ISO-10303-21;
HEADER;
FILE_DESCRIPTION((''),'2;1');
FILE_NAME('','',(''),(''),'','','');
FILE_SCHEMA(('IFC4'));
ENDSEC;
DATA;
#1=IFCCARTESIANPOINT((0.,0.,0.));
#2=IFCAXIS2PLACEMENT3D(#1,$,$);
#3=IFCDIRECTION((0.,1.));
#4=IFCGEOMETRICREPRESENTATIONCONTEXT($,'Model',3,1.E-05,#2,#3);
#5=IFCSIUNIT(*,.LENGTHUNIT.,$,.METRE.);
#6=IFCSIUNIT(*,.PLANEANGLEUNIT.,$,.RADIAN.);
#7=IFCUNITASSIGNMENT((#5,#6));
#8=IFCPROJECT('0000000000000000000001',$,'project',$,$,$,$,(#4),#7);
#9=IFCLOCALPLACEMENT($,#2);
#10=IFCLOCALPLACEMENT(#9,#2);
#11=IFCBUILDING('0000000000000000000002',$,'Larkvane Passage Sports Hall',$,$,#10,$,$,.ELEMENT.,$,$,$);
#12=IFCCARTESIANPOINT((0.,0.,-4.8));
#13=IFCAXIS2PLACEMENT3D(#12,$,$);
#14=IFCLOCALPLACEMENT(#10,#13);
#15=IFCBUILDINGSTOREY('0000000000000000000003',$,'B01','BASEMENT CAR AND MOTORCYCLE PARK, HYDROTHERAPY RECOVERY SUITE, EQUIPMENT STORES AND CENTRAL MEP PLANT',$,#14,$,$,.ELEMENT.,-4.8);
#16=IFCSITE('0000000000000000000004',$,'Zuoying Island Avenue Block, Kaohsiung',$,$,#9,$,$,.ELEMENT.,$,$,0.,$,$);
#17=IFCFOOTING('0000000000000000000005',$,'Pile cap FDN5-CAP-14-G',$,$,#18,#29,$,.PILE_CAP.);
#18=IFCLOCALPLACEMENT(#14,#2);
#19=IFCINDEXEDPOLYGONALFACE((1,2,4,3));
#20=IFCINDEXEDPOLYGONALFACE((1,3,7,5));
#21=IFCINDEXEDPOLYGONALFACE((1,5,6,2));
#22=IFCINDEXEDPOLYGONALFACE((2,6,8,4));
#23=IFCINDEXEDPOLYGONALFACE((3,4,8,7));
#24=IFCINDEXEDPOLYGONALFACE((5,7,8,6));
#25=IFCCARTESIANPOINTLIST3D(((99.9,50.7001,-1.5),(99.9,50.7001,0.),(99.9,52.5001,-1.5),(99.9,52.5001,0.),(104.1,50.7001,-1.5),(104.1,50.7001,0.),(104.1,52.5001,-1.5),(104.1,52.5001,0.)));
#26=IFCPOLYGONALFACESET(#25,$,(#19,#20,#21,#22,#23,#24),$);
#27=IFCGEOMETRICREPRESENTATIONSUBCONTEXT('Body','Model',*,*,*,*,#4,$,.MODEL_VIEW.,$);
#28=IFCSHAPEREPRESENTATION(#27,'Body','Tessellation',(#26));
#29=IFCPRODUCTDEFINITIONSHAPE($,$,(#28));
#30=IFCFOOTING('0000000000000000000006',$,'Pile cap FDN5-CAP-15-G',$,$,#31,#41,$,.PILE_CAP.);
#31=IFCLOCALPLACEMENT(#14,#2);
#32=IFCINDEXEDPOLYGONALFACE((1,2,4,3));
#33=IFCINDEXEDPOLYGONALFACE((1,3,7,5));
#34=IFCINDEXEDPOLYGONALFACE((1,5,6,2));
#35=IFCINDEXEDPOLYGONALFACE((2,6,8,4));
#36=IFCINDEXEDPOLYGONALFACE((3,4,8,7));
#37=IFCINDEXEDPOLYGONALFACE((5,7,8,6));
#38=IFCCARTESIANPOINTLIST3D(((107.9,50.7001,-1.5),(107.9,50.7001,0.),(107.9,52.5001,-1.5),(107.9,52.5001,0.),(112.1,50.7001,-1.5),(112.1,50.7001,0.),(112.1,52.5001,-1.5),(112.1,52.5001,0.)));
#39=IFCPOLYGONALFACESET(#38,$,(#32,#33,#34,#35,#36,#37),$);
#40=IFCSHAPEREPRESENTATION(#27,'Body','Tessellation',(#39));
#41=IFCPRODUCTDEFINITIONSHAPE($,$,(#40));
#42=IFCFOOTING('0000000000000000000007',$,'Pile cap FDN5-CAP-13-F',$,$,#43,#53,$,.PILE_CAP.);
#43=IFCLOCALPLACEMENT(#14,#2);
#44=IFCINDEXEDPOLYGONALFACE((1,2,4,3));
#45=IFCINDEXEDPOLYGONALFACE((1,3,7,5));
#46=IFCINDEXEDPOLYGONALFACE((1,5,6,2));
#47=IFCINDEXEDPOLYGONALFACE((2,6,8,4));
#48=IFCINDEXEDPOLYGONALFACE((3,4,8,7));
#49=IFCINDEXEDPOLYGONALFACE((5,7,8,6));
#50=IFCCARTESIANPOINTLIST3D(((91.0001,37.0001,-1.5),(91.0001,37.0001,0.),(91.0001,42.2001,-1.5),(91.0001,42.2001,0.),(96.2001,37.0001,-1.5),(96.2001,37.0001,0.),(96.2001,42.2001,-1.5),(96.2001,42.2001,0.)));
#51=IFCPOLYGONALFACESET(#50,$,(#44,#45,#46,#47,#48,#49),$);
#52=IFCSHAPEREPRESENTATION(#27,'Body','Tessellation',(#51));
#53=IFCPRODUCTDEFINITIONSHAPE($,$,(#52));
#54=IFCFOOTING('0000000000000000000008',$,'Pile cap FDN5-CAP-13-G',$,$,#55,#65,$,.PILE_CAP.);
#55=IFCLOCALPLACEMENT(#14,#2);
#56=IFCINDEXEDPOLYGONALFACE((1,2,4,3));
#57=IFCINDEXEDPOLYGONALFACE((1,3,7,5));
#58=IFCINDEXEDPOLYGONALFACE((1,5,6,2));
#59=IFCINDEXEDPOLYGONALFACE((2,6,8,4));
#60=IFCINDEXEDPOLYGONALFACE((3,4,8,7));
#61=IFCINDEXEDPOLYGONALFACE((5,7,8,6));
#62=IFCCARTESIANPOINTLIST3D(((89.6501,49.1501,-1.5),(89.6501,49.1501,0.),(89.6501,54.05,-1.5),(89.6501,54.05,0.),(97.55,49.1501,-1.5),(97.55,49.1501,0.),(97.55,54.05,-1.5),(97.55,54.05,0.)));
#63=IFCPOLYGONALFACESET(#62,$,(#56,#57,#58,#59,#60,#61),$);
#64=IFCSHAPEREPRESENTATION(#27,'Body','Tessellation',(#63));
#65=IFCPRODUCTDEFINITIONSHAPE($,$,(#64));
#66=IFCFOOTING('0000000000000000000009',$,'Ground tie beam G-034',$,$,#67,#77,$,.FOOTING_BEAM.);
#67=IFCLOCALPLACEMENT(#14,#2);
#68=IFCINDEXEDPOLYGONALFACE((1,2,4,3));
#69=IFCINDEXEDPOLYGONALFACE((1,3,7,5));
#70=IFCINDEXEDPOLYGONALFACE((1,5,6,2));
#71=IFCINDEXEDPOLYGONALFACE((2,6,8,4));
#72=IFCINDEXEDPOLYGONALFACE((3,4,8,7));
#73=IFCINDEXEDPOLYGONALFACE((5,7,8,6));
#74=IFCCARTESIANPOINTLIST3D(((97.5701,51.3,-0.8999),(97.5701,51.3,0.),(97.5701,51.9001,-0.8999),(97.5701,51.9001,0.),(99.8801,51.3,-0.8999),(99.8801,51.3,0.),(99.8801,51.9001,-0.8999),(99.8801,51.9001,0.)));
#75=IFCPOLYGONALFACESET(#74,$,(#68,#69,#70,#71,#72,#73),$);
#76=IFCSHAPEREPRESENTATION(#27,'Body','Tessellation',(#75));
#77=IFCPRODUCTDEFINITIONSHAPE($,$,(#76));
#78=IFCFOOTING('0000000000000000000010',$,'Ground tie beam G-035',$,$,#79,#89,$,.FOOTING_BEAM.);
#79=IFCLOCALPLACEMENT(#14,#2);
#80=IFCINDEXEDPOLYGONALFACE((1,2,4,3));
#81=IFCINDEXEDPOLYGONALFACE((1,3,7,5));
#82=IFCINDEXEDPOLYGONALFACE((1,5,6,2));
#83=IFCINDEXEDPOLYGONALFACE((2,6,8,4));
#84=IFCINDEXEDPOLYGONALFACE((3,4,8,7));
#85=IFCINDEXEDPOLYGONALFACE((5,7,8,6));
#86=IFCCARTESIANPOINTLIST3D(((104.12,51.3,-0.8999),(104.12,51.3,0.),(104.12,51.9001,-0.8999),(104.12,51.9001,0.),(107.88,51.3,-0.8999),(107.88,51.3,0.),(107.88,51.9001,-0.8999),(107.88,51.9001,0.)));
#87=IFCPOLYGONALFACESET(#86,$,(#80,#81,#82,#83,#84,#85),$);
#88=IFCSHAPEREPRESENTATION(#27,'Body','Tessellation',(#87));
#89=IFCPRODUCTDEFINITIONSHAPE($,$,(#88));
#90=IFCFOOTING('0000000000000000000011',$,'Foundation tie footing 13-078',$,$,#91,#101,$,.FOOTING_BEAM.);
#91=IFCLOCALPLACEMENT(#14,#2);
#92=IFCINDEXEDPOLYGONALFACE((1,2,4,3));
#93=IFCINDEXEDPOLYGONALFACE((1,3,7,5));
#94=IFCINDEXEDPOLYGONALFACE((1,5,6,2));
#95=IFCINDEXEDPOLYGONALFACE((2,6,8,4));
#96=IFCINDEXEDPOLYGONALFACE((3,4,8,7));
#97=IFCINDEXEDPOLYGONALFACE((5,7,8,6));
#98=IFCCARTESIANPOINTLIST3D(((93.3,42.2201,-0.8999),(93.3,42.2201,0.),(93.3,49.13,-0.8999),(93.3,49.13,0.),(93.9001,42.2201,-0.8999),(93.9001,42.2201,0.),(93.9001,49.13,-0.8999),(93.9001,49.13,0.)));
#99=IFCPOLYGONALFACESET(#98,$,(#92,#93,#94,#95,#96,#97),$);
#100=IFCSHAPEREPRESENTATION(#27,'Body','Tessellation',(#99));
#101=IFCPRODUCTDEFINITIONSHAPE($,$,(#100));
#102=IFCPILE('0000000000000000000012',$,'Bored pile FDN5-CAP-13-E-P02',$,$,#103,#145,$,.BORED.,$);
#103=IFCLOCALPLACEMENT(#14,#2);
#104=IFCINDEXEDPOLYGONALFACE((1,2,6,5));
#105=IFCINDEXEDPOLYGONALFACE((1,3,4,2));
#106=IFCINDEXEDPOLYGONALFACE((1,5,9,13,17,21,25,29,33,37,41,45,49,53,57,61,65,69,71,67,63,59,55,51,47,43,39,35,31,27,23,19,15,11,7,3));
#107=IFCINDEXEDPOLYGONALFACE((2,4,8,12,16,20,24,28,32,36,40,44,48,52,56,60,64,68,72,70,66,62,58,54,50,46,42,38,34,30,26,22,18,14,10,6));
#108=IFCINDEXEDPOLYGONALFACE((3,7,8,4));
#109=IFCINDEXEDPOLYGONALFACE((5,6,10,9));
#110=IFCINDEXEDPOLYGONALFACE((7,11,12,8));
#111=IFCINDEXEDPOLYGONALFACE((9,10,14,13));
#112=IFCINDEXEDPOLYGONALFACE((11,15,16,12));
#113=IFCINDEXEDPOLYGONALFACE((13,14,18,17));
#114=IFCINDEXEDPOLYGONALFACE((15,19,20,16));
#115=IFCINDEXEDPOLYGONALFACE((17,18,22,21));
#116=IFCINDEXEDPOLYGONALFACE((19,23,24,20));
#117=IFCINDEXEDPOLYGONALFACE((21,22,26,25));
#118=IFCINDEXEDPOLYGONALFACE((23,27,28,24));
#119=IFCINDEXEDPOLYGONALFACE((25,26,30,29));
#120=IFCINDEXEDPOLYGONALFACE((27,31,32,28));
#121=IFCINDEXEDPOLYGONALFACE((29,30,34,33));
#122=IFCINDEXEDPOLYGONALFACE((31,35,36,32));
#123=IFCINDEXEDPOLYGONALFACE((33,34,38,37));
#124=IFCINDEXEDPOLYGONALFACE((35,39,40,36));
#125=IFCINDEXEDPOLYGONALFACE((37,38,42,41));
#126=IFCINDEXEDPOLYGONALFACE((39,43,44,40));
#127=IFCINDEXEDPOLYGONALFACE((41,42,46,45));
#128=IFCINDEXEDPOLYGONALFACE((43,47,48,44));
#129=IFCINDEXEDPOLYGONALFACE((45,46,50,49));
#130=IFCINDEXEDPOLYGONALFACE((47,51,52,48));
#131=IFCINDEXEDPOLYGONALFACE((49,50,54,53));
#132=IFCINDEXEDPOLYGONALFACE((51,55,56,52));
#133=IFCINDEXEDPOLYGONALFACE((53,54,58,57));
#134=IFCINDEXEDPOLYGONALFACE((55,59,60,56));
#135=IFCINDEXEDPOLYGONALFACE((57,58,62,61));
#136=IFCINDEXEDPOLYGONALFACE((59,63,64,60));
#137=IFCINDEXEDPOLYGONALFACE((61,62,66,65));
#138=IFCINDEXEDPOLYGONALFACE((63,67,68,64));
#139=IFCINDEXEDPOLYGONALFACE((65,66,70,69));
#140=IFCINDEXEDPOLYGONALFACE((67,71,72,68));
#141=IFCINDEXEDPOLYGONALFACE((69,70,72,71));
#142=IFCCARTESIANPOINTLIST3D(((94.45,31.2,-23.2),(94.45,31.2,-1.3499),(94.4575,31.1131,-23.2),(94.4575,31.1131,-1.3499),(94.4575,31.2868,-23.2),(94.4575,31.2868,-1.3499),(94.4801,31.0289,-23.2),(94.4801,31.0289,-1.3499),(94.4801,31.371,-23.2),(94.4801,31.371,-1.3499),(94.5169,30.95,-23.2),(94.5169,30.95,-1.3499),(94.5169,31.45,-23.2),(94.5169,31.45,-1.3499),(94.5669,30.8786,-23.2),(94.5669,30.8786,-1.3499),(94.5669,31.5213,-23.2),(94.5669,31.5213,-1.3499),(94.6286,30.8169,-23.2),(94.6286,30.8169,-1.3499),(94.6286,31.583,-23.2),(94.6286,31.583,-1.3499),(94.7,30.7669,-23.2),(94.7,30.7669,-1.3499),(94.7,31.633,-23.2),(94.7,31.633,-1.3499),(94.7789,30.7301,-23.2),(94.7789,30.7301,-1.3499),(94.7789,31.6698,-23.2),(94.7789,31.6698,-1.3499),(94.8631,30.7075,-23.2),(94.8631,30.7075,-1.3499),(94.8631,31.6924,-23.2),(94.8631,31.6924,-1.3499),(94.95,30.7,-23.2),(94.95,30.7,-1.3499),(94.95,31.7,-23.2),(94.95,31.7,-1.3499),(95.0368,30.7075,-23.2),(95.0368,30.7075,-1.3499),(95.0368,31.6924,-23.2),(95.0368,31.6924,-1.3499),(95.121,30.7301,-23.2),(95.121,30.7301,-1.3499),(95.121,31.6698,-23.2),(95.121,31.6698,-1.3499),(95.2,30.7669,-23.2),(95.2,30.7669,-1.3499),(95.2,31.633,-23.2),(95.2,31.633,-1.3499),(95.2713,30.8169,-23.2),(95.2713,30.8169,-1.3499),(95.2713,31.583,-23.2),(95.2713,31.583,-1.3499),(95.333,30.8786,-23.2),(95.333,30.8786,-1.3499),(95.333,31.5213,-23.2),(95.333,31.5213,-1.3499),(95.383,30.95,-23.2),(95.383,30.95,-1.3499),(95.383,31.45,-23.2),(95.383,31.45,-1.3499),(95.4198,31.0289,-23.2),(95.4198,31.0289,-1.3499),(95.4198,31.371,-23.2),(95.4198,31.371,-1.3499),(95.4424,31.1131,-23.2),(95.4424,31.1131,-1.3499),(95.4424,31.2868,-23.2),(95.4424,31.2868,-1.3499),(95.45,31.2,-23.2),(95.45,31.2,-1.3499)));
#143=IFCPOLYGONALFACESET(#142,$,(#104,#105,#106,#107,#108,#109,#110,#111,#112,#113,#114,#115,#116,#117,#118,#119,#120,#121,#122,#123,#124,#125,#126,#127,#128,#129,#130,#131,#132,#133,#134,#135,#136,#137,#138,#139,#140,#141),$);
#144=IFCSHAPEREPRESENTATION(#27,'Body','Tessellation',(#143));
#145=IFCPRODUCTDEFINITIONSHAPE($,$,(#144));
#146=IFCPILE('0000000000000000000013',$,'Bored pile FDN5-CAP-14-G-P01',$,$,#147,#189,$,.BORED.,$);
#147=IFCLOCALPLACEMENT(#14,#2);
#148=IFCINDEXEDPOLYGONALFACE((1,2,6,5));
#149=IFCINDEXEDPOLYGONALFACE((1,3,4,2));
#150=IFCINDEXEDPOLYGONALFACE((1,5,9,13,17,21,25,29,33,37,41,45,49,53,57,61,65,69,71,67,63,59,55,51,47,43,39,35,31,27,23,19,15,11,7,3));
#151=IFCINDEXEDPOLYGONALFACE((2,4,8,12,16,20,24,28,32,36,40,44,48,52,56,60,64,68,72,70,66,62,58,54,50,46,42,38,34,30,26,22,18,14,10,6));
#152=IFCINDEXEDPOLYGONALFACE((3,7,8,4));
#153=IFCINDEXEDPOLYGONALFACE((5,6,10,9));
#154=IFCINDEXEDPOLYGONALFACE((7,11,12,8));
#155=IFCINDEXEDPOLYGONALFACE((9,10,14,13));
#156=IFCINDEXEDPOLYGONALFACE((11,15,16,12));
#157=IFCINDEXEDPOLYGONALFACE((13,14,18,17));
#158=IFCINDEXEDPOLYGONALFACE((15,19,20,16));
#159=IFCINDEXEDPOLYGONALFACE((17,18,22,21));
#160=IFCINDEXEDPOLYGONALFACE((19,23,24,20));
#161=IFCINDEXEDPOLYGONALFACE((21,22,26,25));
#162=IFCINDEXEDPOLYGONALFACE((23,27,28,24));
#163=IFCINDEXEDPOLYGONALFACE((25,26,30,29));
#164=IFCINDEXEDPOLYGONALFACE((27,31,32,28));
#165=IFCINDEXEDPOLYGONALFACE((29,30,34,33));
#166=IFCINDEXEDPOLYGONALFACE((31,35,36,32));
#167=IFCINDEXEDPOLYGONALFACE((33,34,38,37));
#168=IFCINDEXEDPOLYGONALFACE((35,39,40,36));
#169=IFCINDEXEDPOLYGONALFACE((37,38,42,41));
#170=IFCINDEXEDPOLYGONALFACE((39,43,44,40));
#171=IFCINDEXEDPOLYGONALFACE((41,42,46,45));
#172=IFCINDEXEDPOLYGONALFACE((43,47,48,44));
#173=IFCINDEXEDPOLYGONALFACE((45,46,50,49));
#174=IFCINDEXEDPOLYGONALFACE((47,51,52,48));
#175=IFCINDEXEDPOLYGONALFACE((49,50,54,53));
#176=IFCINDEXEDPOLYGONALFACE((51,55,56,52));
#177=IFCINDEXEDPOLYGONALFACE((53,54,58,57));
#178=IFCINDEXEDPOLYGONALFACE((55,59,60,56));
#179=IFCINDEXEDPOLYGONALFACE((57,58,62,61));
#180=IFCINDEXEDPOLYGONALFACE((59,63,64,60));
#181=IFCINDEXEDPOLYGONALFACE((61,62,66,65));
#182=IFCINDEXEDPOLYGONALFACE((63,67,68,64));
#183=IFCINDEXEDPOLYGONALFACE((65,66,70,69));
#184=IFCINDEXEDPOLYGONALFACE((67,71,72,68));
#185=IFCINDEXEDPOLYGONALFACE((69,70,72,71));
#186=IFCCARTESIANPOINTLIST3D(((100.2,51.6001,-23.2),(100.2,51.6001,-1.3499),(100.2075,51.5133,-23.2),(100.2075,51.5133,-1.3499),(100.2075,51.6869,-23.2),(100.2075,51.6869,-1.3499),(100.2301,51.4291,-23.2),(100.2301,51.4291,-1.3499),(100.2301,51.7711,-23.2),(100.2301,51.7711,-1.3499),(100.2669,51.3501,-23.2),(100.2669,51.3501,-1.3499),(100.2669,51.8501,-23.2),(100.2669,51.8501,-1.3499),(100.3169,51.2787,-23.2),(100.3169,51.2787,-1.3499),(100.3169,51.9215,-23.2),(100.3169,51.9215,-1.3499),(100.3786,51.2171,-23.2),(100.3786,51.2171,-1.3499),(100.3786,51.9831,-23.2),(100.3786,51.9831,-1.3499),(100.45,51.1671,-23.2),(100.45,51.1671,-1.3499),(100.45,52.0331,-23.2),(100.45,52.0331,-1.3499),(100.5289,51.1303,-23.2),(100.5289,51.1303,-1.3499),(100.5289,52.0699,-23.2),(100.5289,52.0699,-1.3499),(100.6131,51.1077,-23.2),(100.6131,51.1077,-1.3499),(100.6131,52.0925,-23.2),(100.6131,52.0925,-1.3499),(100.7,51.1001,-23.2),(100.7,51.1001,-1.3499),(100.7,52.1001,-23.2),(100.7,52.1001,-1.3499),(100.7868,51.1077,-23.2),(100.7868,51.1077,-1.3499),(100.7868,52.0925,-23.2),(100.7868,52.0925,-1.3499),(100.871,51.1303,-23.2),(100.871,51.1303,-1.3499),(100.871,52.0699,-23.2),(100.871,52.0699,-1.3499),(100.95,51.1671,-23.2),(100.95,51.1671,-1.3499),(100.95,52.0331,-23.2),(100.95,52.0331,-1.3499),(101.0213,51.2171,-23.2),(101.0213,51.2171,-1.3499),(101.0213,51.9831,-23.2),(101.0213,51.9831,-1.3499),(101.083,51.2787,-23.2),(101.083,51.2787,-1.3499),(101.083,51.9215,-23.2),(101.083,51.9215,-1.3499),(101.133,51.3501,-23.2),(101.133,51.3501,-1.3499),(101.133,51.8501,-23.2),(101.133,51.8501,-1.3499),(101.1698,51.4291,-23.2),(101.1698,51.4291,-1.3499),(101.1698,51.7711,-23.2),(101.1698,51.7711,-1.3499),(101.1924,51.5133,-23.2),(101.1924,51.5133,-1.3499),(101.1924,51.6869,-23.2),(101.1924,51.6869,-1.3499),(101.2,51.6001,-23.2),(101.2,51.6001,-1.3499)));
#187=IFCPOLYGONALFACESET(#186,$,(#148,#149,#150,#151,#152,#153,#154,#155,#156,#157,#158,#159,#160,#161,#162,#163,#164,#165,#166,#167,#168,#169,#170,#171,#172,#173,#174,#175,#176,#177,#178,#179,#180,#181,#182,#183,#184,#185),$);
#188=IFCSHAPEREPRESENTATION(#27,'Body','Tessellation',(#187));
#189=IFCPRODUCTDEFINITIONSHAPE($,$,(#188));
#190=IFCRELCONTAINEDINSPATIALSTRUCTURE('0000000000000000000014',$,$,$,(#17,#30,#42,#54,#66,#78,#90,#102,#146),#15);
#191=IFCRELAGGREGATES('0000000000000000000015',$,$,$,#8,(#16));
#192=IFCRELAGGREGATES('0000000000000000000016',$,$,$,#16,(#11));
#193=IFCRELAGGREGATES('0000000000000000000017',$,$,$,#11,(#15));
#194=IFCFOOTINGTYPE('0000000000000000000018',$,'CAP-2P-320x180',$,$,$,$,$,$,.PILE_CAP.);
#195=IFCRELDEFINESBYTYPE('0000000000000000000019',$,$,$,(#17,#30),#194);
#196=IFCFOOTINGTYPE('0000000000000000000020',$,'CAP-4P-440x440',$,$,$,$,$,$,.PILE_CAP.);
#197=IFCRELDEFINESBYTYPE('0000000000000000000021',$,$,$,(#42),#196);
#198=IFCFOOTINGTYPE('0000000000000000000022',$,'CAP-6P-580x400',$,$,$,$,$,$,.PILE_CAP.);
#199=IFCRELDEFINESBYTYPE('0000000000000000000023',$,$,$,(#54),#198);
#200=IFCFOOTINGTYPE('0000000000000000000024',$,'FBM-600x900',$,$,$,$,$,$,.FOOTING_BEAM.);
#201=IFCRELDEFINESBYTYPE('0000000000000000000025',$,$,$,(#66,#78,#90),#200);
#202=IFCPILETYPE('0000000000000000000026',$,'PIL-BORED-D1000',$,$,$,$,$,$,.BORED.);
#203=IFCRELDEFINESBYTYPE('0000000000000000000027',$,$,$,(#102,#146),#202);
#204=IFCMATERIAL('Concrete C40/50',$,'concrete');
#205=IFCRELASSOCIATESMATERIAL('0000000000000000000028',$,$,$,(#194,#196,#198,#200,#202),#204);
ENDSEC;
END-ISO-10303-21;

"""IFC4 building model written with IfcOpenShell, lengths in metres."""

from ifc_helpers import new_model, si_unit, direction, frame, origin, origin_2d, place, context, subcontext, project, spatial, rectangle, circle, extrude, material, material_profile, profile_set, type_object, element, save


model = new_model("IFC4")

# Units and contexts
model_context = context("Model", 3, precision=1e-05, world=origin(), true_north=direction((0.0, 1.0)))
body_context = subcontext(model_context, "Body", "Model", "MODEL_VIEW")
ifc_project = project(units=[si_unit("LENGTHUNIT", "METRE"), si_unit("PLANEANGLEUNIT", "RADIAN")], contexts=[model_context])

# Site, building, storey
site_placement = place(None, origin())
site = spatial("IfcSite", under=ifc_project, at=site_placement, Name="Zuoying Island Avenue Block, Kaohsiung", CompositionType="ELEMENT", RefElevation=0.0)
building_placement = place(site_placement, origin())
building = spatial("IfcBuilding", under=site, at=building_placement, Name="Larkvane Passage Sports Hall", CompositionType="ELEMENT")
storey_placement = place(building_placement, frame((0.0, 0.0, -4.8)))
storey = spatial("IfcBuildingStorey", under=building, at=storey_placement, Name="B01", Description="BASEMENT CAR AND MOTORCYCLE PARK, HYDROTHERAPY RECOVERY SUITE, EQUIPMENT STORES AND CENTRAL MEP PLANT", CompositionType="ELEMENT", Elevation=-4.8)

# Footings
ifc_material_1 = material(Name="Concrete C40/50", Category="concrete")
footing_type_1 = type_object("IfcFootingType", Name="CAP-2P-320x180", PredefinedType="PILE_CAP", material=ifc_material_1)
for number, where, z_axis, x_axis, name in (
    (1, (102.0, 51.6001, -1.5), (0.0, 0.0, 1.0), (1.0, 0.0, 0.0), "Pile cap FDN5-CAP-14-G"),
    (2, (110.0, 51.6001, -1.5), (0.0, 0.0, 1.0), (1.0, 0.0, 0.0), "Pile cap FDN5-CAP-15-G"),
):
    element("IfcFooting", number, at=place(storey_placement, frame(where, z_axis=z_axis, x_axis=x_axis)), inside=storey, type_object=footing_type_1, Name=name, PredefinedType="PILE_CAP", context=body_context, shape_type="SweptSolid", body=[
        extrude(rectangle(XDim=4.2, YDim=1.8, at=origin_2d()), origin(), (0.0, 0.0, 1.0), 1.5),
    ])
footing_type_2 = type_object("IfcFootingType", Name="CAP-4P-440x440", PredefinedType="PILE_CAP", material=ifc_material_1)
footing_1_placement = place(storey_placement, frame((93.6001, 39.6001, -1.5), z_axis=(0.0, 0.0, 1.0), x_axis=(1.0, 0.0, 0.0)))
element("IfcFooting", 3, at=footing_1_placement, inside=storey, type_object=footing_type_2, Name="Pile cap FDN5-CAP-13-F", PredefinedType="PILE_CAP", context=body_context, shape_type="SweptSolid", body=[
    extrude(rectangle(XDim=5.2, YDim=5.2, at=origin_2d()), origin(), (0.0, 0.0, 1.0), 1.5),
])
footing_type_3 = type_object("IfcFootingType", Name="CAP-6P-580x400", PredefinedType="PILE_CAP", material=ifc_material_1)
footing_2_placement = place(storey_placement, frame((93.6001, 51.6001, -1.5), z_axis=(0.0, 0.0, 1.0), x_axis=(1.0, 0.0, 0.0)))
element("IfcFooting", 4, at=footing_2_placement, inside=storey, type_object=footing_type_3, Name="Pile cap FDN5-CAP-13-G", PredefinedType="PILE_CAP", context=body_context, shape_type="SweptSolid", body=[
    extrude(rectangle(XDim=7.8999, YDim=4.8999, at=origin_2d()), origin(), (0.0, 0.0, 1.0), 1.5),
])
footing_type_4 = type_object("IfcFootingType", Name="FBM-600x900", PredefinedType="FOOTING_BEAM", material=ifc_material_1)
footing_3_placement = place(storey_placement, frame((98.7251, 51.6001, -0.8999), z_axis=(0.0, 0.0, 1.0), x_axis=(1.0, 0.0, 0.0)))
element("IfcFooting", 5, at=footing_3_placement, inside=storey, type_object=footing_type_4, Name="Ground tie beam G-034", PredefinedType="FOOTING_BEAM", context=body_context, shape_type="SweptSolid", body=[
    extrude(rectangle(XDim=2.3101, YDim=0.6001, at=origin_2d()), origin(), (0.0, 0.0, 1.0), 0.8999),
])
footing_4_placement = place(storey_placement, frame((106.0, 51.6001, -0.8999), z_axis=(0.0, 0.0, 1.0), x_axis=(1.0, 0.0, 0.0)))
element("IfcFooting", 6, at=footing_4_placement, inside=storey, type_object=footing_type_4, Name="Ground tie beam G-035", PredefinedType="FOOTING_BEAM", context=body_context, shape_type="SweptSolid", body=[
    extrude(rectangle(XDim=3.76, YDim=0.6001, at=origin_2d()), origin(), (0.0, 0.0, 1.0), 0.8999),
])
footing_5_placement = place(storey_placement, frame((93.6001, 45.675, -0.8999), z_axis=(0.0, 0.0, 1.0), x_axis=(1.0, 0.0, 0.0)))
element("IfcFooting", 7, at=footing_5_placement, inside=storey, type_object=footing_type_4, Name="Foundation tie footing 13-078", PredefinedType="FOOTING_BEAM", context=body_context, shape_type="SweptSolid", body=[
    extrude(rectangle(XDim=0.6001, YDim=6.9099, at=origin_2d()), origin(), (0.0, 0.0, 1.0), 0.8999),
])

# Piles
ifc_material_profile_1 = material_profile(ifc_material_1, circle(Radius=0.5, at=origin_2d()), Name="PILE-D1000")
ifc_profile_set_1 = profile_set([ifc_material_profile_1], Name="Concrete C40/50")
pile_type_1 = type_object("IfcPileType", Name="PIL-BORED-D1000", PredefinedType="BORED", material=ifc_profile_set_1)
for number, where, z_axis, x_axis, name in (
    (8, (94.95, 31.2, -1.3499), (0.0, 0.0, -1.0), (1.0, 0.0, 0.0), "Bored pile FDN5-CAP-13-E-P02"),
    (9, (100.7, 51.6001, -1.3499), (0.0, 0.0, -1.0), (1.0, 0.0, 0.0), "Bored pile FDN5-CAP-14-G-P01"),
):
    element("IfcPile", number, at=place(storey_placement, frame(where, z_axis=z_axis, x_axis=x_axis)), inside=storey, type_object=pile_type_1, Name=name, PredefinedType="BORED", context=body_context, shape_type="SweptSolid", body=[
        extrude(circle(Radius=0.5, at=origin_2d()), origin(), (0.0, 0.0, 1.0), 21.8501),
    ])

save(model, "model.ifc")
